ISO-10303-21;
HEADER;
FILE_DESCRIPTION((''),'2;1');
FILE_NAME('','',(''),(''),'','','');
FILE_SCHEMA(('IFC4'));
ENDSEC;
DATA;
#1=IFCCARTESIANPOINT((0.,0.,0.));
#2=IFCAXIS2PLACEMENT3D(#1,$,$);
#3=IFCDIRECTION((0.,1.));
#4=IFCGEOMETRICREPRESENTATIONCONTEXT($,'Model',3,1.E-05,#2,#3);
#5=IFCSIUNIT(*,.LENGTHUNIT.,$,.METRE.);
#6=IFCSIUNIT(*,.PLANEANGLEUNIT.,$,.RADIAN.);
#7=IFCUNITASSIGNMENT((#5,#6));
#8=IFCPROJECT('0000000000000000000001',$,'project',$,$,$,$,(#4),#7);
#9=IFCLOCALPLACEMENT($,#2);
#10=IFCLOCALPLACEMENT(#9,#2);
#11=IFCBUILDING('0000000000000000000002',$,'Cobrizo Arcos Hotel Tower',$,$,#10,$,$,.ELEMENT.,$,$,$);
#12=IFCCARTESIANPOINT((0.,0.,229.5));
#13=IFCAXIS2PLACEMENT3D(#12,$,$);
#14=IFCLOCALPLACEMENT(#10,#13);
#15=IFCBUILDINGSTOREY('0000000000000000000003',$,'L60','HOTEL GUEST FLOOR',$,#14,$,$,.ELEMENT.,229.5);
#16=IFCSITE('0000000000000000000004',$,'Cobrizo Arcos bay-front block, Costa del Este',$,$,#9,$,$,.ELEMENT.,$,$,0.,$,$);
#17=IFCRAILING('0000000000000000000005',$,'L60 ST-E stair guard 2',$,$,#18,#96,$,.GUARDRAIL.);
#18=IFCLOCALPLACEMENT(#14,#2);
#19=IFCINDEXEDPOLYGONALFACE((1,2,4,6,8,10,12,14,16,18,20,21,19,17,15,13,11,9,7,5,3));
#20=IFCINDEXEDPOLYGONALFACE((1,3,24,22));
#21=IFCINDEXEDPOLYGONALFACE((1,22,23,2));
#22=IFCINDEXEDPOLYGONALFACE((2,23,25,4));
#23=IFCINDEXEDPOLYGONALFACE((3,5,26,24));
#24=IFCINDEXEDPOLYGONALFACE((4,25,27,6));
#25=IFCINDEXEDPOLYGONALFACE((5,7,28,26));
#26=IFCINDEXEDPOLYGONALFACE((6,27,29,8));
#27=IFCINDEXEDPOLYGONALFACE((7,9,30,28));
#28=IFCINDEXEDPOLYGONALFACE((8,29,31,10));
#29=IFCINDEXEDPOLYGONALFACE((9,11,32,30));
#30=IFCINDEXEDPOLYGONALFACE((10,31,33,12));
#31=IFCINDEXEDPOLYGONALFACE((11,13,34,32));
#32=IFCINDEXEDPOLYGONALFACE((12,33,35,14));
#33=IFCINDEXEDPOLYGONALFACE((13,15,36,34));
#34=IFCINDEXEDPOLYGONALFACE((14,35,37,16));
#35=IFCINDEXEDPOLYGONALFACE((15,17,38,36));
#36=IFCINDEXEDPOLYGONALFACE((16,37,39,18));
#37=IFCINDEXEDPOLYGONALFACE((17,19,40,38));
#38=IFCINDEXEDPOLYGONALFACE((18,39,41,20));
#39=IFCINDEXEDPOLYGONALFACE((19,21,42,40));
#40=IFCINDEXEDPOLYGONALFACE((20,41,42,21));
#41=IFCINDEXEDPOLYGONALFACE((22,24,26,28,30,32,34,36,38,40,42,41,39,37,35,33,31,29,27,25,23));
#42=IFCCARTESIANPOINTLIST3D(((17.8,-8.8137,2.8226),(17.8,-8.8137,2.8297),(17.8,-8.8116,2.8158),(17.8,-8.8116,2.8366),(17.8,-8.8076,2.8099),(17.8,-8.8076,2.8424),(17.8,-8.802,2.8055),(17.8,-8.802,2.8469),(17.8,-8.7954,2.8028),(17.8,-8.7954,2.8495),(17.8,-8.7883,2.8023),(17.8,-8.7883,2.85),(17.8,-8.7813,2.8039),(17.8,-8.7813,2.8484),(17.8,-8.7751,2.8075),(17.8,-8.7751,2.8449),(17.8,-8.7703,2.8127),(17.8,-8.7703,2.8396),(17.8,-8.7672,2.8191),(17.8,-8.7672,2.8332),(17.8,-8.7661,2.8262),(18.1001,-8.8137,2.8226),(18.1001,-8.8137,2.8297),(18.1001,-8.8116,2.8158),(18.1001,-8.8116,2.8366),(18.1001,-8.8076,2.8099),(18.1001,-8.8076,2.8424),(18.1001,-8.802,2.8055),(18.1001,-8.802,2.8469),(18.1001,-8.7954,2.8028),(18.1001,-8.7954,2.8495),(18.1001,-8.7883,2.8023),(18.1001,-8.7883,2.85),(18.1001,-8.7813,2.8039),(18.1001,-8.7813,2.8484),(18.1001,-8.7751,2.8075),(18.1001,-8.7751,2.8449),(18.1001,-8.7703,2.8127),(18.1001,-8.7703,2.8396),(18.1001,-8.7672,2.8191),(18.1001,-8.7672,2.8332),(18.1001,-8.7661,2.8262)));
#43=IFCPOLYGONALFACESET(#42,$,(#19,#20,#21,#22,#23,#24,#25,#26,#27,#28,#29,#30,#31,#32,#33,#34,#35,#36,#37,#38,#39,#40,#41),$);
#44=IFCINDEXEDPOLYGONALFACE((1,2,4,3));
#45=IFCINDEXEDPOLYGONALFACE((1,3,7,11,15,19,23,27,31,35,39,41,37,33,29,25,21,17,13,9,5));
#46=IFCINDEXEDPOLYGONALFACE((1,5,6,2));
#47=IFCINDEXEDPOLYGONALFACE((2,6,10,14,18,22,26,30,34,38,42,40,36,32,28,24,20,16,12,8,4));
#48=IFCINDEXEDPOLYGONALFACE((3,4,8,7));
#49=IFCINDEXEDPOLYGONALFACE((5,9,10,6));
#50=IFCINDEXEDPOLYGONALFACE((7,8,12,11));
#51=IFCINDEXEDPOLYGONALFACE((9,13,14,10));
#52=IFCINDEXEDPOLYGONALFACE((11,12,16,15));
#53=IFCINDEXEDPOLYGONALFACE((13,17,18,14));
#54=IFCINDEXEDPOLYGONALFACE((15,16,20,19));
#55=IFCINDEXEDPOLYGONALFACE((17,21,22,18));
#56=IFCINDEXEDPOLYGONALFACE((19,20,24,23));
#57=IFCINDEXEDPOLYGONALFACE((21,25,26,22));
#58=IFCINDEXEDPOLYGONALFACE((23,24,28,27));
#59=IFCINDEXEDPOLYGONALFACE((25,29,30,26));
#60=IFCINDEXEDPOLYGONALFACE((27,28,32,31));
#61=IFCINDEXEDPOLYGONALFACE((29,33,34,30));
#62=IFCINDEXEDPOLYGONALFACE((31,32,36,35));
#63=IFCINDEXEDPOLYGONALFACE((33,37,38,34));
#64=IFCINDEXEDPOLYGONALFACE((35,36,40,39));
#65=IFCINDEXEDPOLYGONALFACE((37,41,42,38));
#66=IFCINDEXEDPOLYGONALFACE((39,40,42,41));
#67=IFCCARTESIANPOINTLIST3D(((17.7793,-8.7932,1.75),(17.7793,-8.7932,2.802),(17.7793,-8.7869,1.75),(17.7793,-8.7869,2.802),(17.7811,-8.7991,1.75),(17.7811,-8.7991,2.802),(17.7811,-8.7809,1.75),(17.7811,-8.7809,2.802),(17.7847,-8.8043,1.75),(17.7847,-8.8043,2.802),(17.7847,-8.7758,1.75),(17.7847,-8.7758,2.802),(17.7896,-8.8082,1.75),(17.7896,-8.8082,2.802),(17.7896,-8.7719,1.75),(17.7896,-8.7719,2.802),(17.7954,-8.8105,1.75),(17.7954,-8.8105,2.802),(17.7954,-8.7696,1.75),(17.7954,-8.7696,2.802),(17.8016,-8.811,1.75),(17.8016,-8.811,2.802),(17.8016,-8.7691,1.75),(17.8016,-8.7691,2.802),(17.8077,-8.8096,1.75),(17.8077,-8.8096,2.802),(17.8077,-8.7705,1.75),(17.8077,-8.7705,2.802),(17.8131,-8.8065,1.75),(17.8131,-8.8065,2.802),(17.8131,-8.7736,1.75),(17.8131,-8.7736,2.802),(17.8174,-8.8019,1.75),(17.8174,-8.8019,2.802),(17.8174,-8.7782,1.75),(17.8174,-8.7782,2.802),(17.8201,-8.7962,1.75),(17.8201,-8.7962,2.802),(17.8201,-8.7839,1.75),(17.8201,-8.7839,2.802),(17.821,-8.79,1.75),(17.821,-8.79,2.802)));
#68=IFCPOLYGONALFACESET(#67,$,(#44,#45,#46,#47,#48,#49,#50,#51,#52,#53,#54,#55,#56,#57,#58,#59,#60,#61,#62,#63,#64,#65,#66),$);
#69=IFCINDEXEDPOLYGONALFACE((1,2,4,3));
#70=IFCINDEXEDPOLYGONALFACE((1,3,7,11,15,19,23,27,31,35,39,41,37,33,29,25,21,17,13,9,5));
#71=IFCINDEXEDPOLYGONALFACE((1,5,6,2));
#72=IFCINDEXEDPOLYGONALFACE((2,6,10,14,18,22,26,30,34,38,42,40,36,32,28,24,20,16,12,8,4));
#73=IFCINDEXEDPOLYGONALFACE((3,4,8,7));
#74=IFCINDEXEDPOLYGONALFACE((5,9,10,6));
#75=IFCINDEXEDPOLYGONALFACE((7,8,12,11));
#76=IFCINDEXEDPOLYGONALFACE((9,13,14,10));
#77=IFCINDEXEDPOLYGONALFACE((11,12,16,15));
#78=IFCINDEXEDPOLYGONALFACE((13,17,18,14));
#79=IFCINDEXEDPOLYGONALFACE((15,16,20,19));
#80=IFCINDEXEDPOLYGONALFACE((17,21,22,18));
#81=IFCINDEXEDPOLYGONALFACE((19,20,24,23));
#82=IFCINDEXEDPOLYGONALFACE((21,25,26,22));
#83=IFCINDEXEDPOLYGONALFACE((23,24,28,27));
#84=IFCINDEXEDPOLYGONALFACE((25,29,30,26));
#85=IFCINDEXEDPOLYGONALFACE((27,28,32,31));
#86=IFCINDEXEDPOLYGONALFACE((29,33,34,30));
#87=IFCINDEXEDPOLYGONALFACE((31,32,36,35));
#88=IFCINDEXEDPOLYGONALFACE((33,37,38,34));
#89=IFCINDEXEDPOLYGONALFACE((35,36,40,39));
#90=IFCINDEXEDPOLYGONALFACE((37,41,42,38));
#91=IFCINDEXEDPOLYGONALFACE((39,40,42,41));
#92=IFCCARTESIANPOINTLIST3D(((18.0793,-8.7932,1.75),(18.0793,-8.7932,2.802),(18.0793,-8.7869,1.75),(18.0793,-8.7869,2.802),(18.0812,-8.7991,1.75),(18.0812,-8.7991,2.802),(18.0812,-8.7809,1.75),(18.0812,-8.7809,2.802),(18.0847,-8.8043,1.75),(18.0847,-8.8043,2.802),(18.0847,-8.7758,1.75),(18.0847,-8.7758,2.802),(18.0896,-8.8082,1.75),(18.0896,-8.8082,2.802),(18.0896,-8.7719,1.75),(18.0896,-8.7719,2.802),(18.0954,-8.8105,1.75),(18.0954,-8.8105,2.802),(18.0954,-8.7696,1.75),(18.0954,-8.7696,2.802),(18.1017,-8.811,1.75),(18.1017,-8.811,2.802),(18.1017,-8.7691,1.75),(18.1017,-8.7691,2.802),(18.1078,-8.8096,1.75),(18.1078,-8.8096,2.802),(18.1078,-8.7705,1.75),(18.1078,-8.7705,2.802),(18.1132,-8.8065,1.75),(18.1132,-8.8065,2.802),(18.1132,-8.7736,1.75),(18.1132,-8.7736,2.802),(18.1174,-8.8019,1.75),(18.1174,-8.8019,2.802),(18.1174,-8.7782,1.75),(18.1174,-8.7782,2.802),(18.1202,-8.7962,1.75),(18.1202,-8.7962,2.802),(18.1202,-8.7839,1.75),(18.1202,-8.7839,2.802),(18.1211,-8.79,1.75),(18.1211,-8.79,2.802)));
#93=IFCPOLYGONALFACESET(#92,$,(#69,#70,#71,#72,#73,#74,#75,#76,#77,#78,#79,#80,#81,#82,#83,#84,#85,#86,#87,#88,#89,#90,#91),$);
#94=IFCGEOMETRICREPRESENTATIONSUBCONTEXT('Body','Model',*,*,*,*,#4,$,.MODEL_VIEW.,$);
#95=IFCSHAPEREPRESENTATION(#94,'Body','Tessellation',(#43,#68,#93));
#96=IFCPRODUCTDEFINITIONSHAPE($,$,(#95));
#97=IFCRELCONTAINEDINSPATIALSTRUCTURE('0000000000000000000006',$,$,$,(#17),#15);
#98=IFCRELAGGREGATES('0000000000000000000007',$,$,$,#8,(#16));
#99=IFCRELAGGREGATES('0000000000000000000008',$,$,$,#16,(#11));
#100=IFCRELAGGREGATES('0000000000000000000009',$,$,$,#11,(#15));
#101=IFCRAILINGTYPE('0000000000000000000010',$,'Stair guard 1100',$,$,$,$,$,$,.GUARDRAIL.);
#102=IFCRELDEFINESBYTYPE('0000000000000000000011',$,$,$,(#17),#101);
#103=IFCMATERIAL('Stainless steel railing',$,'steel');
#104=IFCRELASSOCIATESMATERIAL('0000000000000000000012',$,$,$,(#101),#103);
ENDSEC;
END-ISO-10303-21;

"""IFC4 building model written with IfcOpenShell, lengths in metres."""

from ifc_helpers import new_model, si_unit, direction, frame, origin, origin_2d, place, context, subcontext, project, spatial, circle, extrude, material, type_object, element, save


model = new_model("IFC4")

# Units and contexts
model_context = context("Model", 3, precision=1e-05, world=origin(), true_north=direction((0.0, 1.0)))
body_context = subcontext(model_context, "Body", "Model", "MODEL_VIEW")
ifc_project = project(units=[si_unit("LENGTHUNIT", "METRE"), si_unit("PLANEANGLEUNIT", "RADIAN")], contexts=[model_context])

# Site, building, storey
site_placement = place(None, origin())
site = spatial("IfcSite", under=ifc_project, at=site_placement, Name="Cobrizo Arcos bay-front block, Costa del Este", CompositionType="ELEMENT", RefElevation=0.0)
building_placement = place(site_placement, origin())
building = spatial("IfcBuilding", under=site, at=building_placement, Name="Cobrizo Arcos Hotel Tower", CompositionType="ELEMENT")
storey_placement = place(building_placement, frame((0.0, 0.0, 229.5)))
storey = spatial("IfcBuildingStorey", under=building, at=storey_placement, Name="L60", Description="HOTEL GUEST FLOOR", CompositionType="ELEMENT", Elevation=229.5)

# Railing
ifc_material_1 = material(Name="Stainless steel railing", Category="steel")
railing_type_1 = type_object("IfcRailingType", Name="Stair guard 1100", PredefinedType="GUARDRAIL", material=ifc_material_1)
railing_1_placement = place(storey_placement, frame((17.8, -8.79, 1.75)))
element("IfcRailing", 1, at=railing_1_placement, inside=storey, type_object=railing_type_1, Name="L60 ST-E stair guard 2", PredefinedType="GUARDRAIL", context=body_context, shape_type="SweptSolid", body=[
    extrude(circle(Radius=0.0239, at=origin_2d()), frame((0.0, 0.0, 1.0762), z_axis=(1.0, 0.0, 0.0), x_axis=(0.0, 1.0, 0.0)), (0.0, 0.0, 1.0), 0.3),
    extrude(circle(Radius=0.021, at=origin_2d()), origin(), (0.0, 0.0, 1.0), 1.052),
    extrude(circle(Radius=0.021, at=origin_2d()), frame((0.3, 0.0, 0.0)), (0.0, 0.0, 1.0), 1.052),
])

save(model, "model.ifc")
